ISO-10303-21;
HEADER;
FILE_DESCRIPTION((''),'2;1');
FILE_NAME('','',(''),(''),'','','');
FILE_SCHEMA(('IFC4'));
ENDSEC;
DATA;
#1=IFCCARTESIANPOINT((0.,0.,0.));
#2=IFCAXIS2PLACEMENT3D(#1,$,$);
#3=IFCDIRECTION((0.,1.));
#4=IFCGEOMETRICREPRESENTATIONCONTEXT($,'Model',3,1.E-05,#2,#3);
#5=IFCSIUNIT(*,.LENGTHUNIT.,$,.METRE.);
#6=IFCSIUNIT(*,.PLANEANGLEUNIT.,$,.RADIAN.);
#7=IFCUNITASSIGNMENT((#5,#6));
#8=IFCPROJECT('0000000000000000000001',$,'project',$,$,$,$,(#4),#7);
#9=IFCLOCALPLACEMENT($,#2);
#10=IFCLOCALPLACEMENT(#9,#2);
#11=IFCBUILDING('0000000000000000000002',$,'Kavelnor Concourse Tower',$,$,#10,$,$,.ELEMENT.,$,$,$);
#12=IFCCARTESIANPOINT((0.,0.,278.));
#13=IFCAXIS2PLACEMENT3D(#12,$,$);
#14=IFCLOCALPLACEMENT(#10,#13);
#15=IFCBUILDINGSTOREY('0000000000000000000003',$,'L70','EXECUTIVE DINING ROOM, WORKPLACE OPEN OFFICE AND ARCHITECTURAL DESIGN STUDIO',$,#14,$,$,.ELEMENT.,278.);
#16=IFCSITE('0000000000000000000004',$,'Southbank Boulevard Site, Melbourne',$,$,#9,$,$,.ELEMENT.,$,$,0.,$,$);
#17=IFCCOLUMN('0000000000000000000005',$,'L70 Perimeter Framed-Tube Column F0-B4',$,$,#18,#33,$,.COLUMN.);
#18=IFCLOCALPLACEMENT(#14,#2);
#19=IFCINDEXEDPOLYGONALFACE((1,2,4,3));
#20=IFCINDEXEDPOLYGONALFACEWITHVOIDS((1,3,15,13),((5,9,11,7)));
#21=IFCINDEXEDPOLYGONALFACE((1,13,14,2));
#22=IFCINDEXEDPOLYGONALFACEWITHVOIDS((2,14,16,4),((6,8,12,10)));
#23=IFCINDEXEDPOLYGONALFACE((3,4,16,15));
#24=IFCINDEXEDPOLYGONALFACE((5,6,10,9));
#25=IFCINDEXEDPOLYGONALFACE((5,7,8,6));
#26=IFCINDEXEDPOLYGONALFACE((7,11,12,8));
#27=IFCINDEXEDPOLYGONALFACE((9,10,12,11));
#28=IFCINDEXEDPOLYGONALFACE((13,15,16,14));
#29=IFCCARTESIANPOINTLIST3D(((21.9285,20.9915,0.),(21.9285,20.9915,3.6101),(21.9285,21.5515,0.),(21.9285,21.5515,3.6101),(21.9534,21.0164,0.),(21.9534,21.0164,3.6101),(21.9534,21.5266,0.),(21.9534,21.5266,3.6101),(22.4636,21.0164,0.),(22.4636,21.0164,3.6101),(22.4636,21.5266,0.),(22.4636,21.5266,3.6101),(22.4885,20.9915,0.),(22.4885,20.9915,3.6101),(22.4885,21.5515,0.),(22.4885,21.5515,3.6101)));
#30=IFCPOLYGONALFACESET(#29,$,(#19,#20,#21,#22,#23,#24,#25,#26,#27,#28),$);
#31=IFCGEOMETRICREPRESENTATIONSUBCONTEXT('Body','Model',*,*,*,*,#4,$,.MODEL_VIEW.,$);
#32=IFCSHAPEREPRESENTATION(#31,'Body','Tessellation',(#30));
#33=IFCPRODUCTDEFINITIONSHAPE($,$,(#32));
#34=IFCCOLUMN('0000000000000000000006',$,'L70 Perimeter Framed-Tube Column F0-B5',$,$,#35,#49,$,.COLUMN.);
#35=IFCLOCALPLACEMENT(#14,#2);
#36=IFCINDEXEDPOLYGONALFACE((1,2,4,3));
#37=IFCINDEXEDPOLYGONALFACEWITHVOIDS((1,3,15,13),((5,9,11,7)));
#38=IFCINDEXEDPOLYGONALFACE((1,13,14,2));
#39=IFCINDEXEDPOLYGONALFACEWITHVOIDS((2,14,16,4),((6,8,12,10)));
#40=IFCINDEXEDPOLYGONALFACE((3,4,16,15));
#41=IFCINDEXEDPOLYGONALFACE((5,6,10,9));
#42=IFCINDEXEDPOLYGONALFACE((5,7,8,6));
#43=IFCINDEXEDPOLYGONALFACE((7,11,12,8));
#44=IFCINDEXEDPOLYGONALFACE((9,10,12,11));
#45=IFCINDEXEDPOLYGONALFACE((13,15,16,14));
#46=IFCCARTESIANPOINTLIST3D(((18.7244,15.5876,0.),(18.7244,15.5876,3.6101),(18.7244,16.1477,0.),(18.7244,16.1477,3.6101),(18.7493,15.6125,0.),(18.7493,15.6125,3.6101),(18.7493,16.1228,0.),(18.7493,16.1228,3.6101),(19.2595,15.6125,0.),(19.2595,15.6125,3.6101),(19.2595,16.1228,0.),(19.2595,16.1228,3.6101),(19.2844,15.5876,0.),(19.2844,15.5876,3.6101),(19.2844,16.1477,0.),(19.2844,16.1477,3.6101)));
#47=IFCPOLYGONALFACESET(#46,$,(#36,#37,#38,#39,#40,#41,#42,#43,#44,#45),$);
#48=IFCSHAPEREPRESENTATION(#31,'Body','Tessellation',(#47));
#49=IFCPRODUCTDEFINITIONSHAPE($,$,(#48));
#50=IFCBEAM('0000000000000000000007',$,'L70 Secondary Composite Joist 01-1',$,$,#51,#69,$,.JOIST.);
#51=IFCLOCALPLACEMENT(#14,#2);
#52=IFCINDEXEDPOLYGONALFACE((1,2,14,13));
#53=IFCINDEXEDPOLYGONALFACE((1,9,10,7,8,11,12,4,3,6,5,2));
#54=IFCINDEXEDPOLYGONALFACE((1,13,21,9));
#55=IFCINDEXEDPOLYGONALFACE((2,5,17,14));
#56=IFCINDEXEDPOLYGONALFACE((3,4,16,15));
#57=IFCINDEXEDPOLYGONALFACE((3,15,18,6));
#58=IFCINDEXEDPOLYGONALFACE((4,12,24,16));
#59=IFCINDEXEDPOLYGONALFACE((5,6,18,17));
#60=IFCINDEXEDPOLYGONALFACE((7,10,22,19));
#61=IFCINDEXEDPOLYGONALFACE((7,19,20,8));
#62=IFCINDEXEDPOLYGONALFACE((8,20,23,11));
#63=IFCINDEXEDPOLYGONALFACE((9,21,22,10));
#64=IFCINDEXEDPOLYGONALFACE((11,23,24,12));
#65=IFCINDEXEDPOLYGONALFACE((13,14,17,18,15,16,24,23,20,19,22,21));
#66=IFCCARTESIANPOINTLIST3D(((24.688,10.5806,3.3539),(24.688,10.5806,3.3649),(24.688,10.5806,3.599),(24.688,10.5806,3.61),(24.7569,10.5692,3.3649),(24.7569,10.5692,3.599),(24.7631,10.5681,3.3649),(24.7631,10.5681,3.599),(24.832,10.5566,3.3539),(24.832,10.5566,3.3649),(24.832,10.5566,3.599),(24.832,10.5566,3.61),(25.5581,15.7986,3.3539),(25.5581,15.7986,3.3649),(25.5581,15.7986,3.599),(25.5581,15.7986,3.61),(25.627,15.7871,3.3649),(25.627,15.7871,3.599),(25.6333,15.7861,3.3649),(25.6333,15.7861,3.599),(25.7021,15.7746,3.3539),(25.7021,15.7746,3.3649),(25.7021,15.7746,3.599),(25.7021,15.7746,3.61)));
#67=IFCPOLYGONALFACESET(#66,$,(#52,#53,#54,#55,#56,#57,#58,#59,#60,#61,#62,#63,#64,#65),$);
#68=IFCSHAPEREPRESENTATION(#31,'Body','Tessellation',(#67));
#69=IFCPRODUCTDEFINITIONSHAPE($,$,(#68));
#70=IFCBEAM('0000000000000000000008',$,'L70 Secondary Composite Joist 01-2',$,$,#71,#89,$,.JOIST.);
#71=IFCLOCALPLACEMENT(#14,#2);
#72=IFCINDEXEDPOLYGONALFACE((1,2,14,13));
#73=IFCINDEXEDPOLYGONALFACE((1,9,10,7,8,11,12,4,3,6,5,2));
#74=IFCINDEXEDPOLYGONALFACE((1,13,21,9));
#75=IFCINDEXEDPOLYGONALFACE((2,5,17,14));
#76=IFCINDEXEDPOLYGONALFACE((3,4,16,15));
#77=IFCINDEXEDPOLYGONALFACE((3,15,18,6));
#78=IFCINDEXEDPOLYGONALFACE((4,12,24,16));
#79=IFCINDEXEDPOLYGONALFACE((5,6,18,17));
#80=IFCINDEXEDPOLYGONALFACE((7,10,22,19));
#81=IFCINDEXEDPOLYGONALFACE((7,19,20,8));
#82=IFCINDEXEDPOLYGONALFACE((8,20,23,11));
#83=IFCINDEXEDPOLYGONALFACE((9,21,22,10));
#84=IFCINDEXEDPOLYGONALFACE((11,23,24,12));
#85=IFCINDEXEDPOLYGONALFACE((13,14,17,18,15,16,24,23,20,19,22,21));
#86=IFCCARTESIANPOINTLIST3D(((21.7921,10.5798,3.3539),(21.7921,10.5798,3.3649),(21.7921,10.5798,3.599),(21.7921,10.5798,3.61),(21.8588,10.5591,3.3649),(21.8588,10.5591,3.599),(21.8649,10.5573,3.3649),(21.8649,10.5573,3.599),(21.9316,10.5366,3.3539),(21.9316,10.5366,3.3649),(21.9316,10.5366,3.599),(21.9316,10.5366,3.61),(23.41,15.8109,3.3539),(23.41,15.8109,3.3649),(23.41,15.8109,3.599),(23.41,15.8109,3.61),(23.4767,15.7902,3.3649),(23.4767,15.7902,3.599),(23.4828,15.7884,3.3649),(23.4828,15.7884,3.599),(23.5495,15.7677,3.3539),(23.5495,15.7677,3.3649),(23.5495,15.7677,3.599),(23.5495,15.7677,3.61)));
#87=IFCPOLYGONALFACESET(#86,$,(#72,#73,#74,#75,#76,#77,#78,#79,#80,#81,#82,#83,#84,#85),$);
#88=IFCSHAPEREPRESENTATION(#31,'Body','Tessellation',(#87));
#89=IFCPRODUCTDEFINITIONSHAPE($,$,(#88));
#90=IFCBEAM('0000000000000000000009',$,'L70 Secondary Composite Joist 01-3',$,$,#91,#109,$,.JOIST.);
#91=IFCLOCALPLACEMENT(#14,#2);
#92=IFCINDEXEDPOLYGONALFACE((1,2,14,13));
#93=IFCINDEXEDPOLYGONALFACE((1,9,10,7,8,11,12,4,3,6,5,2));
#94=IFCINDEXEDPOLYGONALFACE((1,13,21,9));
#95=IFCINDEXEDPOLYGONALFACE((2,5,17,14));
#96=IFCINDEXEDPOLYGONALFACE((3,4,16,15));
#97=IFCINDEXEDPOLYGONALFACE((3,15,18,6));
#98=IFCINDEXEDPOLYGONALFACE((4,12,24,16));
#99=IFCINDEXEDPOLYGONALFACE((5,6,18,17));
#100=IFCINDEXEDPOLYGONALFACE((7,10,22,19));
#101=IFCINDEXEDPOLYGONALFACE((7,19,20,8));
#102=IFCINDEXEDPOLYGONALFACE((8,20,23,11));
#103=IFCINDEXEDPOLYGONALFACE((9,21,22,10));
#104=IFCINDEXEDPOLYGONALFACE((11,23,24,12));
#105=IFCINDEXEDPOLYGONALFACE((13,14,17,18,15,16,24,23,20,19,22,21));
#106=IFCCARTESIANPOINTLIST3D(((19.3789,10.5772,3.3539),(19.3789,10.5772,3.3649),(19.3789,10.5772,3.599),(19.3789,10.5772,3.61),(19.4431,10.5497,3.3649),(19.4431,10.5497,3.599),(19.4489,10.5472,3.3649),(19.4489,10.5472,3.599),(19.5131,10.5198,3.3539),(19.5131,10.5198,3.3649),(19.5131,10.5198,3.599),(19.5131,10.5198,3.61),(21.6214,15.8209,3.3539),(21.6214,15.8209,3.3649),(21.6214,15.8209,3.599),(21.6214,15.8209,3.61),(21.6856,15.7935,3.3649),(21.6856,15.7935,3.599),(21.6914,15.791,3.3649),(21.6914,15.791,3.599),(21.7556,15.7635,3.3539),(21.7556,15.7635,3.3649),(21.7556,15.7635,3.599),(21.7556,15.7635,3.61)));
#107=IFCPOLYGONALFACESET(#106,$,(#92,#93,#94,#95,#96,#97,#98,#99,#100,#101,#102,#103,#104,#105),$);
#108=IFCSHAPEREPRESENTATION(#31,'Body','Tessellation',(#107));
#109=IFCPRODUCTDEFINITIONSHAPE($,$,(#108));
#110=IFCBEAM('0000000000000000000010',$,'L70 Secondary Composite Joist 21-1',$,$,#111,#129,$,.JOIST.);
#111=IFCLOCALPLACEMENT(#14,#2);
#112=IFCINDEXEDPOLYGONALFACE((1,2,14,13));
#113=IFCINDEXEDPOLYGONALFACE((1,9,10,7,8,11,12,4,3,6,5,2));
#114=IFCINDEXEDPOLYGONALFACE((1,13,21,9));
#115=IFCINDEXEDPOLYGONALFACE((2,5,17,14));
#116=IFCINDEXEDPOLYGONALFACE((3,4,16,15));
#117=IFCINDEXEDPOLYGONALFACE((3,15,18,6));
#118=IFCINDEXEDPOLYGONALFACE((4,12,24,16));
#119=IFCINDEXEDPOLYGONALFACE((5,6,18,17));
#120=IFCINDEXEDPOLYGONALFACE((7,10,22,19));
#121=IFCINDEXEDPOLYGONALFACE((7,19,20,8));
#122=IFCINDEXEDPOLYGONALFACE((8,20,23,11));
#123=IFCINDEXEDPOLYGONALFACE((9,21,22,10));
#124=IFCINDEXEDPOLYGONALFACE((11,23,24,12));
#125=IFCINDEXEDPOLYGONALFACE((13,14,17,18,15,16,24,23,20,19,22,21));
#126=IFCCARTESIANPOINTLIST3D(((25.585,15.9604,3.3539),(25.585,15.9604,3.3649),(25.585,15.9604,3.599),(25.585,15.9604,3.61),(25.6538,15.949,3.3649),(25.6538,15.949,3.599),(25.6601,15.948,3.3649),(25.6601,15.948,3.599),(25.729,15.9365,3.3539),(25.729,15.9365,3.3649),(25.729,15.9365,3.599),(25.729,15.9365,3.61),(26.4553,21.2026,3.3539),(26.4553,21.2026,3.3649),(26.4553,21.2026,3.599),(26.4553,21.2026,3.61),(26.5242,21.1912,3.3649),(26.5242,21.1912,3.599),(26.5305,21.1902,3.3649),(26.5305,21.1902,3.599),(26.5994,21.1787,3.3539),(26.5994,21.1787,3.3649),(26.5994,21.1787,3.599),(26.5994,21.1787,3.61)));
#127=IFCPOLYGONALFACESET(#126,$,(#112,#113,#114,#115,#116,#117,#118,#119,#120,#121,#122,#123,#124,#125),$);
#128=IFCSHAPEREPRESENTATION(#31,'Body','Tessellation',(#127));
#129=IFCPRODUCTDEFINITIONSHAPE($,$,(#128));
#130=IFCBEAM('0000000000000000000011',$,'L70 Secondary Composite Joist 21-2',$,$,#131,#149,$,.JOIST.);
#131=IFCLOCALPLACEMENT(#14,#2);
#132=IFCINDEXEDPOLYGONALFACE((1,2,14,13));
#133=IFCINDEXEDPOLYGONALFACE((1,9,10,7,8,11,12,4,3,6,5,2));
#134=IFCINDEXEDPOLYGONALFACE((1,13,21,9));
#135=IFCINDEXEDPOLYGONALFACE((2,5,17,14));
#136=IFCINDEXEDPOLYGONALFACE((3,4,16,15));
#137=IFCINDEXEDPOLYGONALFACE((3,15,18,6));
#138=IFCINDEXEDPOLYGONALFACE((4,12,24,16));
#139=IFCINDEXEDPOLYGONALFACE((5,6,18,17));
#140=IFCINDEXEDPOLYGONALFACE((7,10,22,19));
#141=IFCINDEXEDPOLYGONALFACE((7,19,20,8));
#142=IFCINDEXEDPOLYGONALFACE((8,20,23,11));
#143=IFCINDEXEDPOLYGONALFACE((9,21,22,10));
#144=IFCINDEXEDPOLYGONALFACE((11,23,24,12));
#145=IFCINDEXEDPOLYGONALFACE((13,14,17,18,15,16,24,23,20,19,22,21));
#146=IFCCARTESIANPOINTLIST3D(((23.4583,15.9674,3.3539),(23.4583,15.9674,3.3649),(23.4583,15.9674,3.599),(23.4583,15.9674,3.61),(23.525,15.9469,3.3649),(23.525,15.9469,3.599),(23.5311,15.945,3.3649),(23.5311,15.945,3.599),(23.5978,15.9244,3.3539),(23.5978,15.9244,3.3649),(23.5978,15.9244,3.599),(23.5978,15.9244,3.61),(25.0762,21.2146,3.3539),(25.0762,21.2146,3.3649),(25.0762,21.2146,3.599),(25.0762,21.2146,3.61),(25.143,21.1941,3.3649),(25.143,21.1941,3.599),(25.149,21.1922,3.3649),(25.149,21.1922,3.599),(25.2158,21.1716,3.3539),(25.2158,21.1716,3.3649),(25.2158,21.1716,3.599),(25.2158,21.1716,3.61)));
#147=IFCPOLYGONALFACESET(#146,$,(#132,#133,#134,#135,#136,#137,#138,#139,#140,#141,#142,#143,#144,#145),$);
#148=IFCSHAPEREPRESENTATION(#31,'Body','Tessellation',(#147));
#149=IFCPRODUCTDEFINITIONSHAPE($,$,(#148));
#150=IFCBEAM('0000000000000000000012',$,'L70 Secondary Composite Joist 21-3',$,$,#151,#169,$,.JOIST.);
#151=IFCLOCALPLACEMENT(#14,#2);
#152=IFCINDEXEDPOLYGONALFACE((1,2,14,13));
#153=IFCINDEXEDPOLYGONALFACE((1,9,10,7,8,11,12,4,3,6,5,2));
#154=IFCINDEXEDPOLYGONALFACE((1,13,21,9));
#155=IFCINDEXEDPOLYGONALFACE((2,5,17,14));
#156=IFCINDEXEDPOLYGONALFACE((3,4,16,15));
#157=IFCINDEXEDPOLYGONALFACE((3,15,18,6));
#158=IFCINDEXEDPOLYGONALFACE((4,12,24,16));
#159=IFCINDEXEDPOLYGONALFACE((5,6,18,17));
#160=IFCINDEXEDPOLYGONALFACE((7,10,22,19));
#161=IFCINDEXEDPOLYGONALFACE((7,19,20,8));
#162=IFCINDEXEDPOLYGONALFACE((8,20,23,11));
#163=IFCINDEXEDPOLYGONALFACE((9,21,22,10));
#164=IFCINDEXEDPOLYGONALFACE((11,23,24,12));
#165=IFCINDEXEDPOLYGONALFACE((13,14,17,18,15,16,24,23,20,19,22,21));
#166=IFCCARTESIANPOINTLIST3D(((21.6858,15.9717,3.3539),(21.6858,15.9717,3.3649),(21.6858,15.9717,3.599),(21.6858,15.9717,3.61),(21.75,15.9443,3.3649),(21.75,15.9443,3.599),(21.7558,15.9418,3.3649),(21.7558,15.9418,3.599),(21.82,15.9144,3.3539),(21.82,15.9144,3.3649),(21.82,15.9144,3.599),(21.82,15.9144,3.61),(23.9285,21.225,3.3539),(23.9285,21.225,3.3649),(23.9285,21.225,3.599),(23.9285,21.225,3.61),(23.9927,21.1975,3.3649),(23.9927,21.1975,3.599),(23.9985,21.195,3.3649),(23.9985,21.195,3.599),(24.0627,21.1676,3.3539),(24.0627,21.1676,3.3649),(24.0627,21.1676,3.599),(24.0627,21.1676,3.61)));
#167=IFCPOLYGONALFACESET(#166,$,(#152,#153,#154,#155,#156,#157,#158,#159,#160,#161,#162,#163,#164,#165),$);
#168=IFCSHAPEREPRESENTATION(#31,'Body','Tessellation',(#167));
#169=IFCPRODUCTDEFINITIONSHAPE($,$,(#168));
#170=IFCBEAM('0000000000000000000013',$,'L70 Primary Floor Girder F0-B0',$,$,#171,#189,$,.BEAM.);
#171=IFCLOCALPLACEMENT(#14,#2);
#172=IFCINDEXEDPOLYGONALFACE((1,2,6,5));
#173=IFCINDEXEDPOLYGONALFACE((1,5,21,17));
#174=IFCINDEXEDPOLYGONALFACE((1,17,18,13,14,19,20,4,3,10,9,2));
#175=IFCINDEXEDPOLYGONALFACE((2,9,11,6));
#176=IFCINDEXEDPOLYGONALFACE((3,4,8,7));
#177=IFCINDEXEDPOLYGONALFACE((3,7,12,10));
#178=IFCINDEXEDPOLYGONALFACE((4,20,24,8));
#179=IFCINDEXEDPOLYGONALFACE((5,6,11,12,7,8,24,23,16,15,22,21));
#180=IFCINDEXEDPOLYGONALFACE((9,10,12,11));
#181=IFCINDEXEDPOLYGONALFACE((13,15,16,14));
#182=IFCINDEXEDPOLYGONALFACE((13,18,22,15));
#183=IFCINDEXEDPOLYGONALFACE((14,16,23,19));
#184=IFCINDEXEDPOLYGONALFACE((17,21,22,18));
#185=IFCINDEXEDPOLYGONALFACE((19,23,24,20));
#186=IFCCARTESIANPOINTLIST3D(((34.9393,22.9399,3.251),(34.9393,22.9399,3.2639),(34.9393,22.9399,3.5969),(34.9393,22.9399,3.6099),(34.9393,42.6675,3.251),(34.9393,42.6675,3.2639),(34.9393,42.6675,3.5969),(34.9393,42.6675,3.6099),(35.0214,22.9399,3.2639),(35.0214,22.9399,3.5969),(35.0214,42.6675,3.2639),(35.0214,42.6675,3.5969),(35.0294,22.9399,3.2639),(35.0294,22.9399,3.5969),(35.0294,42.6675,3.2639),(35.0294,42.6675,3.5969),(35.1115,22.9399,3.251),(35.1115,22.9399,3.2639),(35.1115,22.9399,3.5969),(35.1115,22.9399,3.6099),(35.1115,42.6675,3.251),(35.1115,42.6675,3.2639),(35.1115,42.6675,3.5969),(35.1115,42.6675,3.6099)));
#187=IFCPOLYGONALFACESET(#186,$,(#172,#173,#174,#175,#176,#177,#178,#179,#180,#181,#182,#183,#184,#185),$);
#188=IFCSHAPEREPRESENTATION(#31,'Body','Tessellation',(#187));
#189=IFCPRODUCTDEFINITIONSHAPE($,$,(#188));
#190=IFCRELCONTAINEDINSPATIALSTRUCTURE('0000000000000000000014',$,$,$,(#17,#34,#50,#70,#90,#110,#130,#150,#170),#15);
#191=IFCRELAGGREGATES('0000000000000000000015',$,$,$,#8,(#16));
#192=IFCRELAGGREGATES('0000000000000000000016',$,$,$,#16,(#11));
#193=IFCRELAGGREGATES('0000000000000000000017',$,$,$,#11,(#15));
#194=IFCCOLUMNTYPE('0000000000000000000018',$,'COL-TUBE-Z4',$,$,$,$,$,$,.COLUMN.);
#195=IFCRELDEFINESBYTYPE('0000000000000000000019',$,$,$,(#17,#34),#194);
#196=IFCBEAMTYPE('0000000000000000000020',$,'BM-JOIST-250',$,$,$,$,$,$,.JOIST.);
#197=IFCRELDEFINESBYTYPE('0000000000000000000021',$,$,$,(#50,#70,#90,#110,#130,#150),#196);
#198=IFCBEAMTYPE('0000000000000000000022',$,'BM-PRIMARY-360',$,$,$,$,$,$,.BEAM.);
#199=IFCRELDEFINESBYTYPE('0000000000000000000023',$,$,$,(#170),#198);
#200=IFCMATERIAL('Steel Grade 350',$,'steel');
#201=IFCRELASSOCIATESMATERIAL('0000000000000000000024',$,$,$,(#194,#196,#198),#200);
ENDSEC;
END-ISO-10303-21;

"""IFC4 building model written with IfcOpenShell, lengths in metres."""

from ifc_helpers import new_model, si_unit, direction, frame, origin, origin_2d, place, context, subcontext, project, spatial, hollow_rectangle, i_section, extrude, material, material_profile, profile_set, type_object, element, save


model = new_model("IFC4")

# Units and contexts
model_context = context("Model", 3, precision=1e-05, world=origin(), true_north=direction((0.0, 1.0)))
body_context = subcontext(model_context, "Body", "Model", "MODEL_VIEW")
ifc_project = project(units=[si_unit("LENGTHUNIT", "METRE"), si_unit("PLANEANGLEUNIT", "RADIAN")], contexts=[model_context])

# Site, building, storey
site_placement = place(None, origin())
site = spatial("IfcSite", under=ifc_project, at=site_placement, Name="Southbank Boulevard Site, Melbourne", CompositionType="ELEMENT", RefElevation=0.0)
building_placement = place(site_placement, origin())
building = spatial("IfcBuilding", under=site, at=building_placement, Name="Kavelnor Concourse Tower", CompositionType="ELEMENT")
storey_placement = place(building_placement, frame((0.0, 0.0, 278.0)))
storey = spatial("IfcBuildingStorey", under=building, at=storey_placement, Name="L70", Description="EXECUTIVE DINING ROOM, WORKPLACE OPEN OFFICE AND ARCHITECTURAL DESIGN STUDIO", CompositionType="ELEMENT", Elevation=278.0)

# Columns
ifc_material_1 = material(Name="Steel Grade 350", Category="steel")
ifc_material_profile_1 = material_profile(ifc_material_1, hollow_rectangle(XDim=0.5601, YDim=0.5601, WallThickness=0.0249, at=origin_2d()), Name="SHS 560x560x25")
ifc_profile_set_1 = profile_set([ifc_material_profile_1], Name="Steel Grade 350")
column_type = type_object("IfcColumnType", Name="COL-TUBE-Z4", PredefinedType="COLUMN", material=ifc_profile_set_1)
for number, where, z_axis, x_axis, name in (
    (1, (22.2085, 21.2715, 0.0), (0.0, 0.0, 1.0), (1.0, 0.0, 0.0), "L70 Perimeter Framed-Tube Column F0-B4"),
    (2, (19.0044, 15.8677, 0.0), (0.0, 0.0, 1.0), (1.0, 0.0, 0.0), "L70 Perimeter Framed-Tube Column F0-B5"),
):
    element("IfcColumn", number, at=place(storey_placement, frame(where, z_axis=z_axis, x_axis=x_axis)), inside=storey, type_object=column_type, Name=name, PredefinedType="COLUMN", context=body_context, shape_type="SweptSolid", body=[
        extrude(hollow_rectangle(XDim=0.5601, YDim=0.5601, WallThickness=0.0249, at=origin_2d()), origin(), (0.0, 0.0, 1.0), 3.6101),
    ])

# Beams
ifc_material_profile_2 = material_profile(ifc_material_1, i_section(OverallWidth=0.146, OverallDepth=0.2561, WebThickness=0.0063, FlangeThickness=0.011, at=origin_2d()), Name="250UB37")
ifc_profile_set_2 = profile_set([ifc_material_profile_2], Name="Steel Grade 350")
beam_type_1 = type_object("IfcBeamType", Name="BM-JOIST-250", PredefinedType="JOIST", material=ifc_profile_set_2)
beam_1_placement = place(storey_placement, frame((25.6301, 15.7866, 3.4819), z_axis=(-0.164481, -0.98638, 0.0), x_axis=(0.98638, -0.164481, 0.0)))
element("IfcBeam", 3, at=beam_1_placement, inside=storey, type_object=beam_type_1, Name="L70 Secondary Composite Joist 01-1", PredefinedType="JOIST", context=body_context, shape_type="SweptSolid", body=[
    extrude(i_section(OverallWidth=0.146, OverallDepth=0.2561, WebThickness=0.0063, FlangeThickness=0.011, at=origin_2d()), origin(), (0.0, 0.0, 1.0), 5.29),
])
beam_2_placement = place(storey_placement, frame((23.4797, 15.7893, 3.4819), z_axis=(-0.295473, -0.955351, 0.0), x_axis=(0.955351, -0.295473, 0.0)))
element("IfcBeam", 4, at=beam_2_placement, inside=storey, type_object=beam_type_1, Name="L70 Secondary Composite Joist 01-2", PredefinedType="JOIST", context=body_context, shape_type="SweptSolid", body=[
    extrude(i_section(OverallWidth=0.146, OverallDepth=0.2561, WebThickness=0.0063, FlangeThickness=0.011, at=origin_2d()), origin(), (0.0, 0.0, 1.0), 5.4756),
])
beam_3_placement = place(storey_placement, frame((21.6885, 15.7922, 3.4819), z_axis=(-0.393201, -0.919453, 0.0), x_axis=(0.919453, -0.393201, 0.0)))
element("IfcBeam", 5, at=beam_3_placement, inside=storey, type_object=beam_type_1, Name="L70 Secondary Composite Joist 01-3", PredefinedType="JOIST", context=body_context, shape_type="SweptSolid", body=[
    extrude(i_section(OverallWidth=0.146, OverallDepth=0.2561, WebThickness=0.0063, FlangeThickness=0.011, at=origin_2d()), origin(), (0.0, 0.0, 1.0), 5.7031),
])
beam_4_placement = place(storey_placement, frame((26.5273, 21.1907, 3.4819), z_axis=(-0.163788, -0.986496, 0.0), x_axis=(0.986496, -0.163788, 0.0)))
element("IfcBeam", 6, at=beam_4_placement, inside=storey, type_object=beam_type_1, Name="L70 Secondary Composite Joist 21-1", PredefinedType="JOIST", context=body_context, shape_type="SweptSolid", body=[
    extrude(i_section(OverallWidth=0.146, OverallDepth=0.2561, WebThickness=0.0063, FlangeThickness=0.011, at=origin_2d()), origin(), (0.0, 0.0, 1.0), 5.314),
])
beam_5_placement = place(storey_placement, frame((25.146, 21.1931, 3.4819), z_axis=(-0.294658, -0.955603, 0.0), x_axis=(0.955603, -0.294658, 0.0)))
element("IfcBeam", 7, at=beam_5_placement, inside=storey, type_object=beam_type_1, Name="L70 Secondary Composite Joist 21-2", PredefinedType="JOIST", context=body_context, shape_type="SweptSolid", body=[
    extrude(i_section(OverallWidth=0.146, OverallDepth=0.2561, WebThickness=0.0063, FlangeThickness=0.011, at=origin_2d()), origin(), (0.0, 0.0, 1.0), 5.491),
])
beam_6_placement = place(storey_placement, frame((23.9956, 21.1963, 3.4819), z_axis=(-0.392634, -0.919695, 0.0), x_axis=(0.919695, -0.392634, 0.0)))
element("IfcBeam", 8, at=beam_6_placement, inside=storey, type_object=beam_type_1, Name="L70 Secondary Composite Joist 21-3", PredefinedType="JOIST", context=body_context, shape_type="SweptSolid", body=[
    extrude(i_section(OverallWidth=0.146, OverallDepth=0.2561, WebThickness=0.0063, FlangeThickness=0.011, at=origin_2d()), origin(), (0.0, 0.0, 1.0), 5.7119),
])
ifc_material_profile_3 = material_profile(ifc_material_1, i_section(OverallWidth=0.1721, OverallDepth=0.3589, WebThickness=0.0081, FlangeThickness=0.0129, at=origin_2d()), Name="360UB56")
ifc_profile_set_3 = profile_set([ifc_material_profile_3], Name="Steel Grade 350")
beam_type_2 = type_object("IfcBeamType", Name="BM-PRIMARY-360", PredefinedType="BEAM", material=ifc_profile_set_3)
beam_7_placement = place(storey_placement, frame((35.0254, 22.9399, 3.4304), z_axis=(0.0, 1.0, 0.0), x_axis=(-1.0, 0.0, 0.0)))
element("IfcBeam", 9, at=beam_7_placement, inside=storey, type_object=beam_type_2, Name="L70 Primary Floor Girder F0-B0", PredefinedType="BEAM", context=body_context, shape_type="SweptSolid", body=[
    extrude(i_section(OverallWidth=0.1721, OverallDepth=0.3589, WebThickness=0.0081, FlangeThickness=0.0129, at=origin_2d()), origin(), (0.0, 0.0, 1.0), 19.7275),
])

save(model, "model.ifc")
